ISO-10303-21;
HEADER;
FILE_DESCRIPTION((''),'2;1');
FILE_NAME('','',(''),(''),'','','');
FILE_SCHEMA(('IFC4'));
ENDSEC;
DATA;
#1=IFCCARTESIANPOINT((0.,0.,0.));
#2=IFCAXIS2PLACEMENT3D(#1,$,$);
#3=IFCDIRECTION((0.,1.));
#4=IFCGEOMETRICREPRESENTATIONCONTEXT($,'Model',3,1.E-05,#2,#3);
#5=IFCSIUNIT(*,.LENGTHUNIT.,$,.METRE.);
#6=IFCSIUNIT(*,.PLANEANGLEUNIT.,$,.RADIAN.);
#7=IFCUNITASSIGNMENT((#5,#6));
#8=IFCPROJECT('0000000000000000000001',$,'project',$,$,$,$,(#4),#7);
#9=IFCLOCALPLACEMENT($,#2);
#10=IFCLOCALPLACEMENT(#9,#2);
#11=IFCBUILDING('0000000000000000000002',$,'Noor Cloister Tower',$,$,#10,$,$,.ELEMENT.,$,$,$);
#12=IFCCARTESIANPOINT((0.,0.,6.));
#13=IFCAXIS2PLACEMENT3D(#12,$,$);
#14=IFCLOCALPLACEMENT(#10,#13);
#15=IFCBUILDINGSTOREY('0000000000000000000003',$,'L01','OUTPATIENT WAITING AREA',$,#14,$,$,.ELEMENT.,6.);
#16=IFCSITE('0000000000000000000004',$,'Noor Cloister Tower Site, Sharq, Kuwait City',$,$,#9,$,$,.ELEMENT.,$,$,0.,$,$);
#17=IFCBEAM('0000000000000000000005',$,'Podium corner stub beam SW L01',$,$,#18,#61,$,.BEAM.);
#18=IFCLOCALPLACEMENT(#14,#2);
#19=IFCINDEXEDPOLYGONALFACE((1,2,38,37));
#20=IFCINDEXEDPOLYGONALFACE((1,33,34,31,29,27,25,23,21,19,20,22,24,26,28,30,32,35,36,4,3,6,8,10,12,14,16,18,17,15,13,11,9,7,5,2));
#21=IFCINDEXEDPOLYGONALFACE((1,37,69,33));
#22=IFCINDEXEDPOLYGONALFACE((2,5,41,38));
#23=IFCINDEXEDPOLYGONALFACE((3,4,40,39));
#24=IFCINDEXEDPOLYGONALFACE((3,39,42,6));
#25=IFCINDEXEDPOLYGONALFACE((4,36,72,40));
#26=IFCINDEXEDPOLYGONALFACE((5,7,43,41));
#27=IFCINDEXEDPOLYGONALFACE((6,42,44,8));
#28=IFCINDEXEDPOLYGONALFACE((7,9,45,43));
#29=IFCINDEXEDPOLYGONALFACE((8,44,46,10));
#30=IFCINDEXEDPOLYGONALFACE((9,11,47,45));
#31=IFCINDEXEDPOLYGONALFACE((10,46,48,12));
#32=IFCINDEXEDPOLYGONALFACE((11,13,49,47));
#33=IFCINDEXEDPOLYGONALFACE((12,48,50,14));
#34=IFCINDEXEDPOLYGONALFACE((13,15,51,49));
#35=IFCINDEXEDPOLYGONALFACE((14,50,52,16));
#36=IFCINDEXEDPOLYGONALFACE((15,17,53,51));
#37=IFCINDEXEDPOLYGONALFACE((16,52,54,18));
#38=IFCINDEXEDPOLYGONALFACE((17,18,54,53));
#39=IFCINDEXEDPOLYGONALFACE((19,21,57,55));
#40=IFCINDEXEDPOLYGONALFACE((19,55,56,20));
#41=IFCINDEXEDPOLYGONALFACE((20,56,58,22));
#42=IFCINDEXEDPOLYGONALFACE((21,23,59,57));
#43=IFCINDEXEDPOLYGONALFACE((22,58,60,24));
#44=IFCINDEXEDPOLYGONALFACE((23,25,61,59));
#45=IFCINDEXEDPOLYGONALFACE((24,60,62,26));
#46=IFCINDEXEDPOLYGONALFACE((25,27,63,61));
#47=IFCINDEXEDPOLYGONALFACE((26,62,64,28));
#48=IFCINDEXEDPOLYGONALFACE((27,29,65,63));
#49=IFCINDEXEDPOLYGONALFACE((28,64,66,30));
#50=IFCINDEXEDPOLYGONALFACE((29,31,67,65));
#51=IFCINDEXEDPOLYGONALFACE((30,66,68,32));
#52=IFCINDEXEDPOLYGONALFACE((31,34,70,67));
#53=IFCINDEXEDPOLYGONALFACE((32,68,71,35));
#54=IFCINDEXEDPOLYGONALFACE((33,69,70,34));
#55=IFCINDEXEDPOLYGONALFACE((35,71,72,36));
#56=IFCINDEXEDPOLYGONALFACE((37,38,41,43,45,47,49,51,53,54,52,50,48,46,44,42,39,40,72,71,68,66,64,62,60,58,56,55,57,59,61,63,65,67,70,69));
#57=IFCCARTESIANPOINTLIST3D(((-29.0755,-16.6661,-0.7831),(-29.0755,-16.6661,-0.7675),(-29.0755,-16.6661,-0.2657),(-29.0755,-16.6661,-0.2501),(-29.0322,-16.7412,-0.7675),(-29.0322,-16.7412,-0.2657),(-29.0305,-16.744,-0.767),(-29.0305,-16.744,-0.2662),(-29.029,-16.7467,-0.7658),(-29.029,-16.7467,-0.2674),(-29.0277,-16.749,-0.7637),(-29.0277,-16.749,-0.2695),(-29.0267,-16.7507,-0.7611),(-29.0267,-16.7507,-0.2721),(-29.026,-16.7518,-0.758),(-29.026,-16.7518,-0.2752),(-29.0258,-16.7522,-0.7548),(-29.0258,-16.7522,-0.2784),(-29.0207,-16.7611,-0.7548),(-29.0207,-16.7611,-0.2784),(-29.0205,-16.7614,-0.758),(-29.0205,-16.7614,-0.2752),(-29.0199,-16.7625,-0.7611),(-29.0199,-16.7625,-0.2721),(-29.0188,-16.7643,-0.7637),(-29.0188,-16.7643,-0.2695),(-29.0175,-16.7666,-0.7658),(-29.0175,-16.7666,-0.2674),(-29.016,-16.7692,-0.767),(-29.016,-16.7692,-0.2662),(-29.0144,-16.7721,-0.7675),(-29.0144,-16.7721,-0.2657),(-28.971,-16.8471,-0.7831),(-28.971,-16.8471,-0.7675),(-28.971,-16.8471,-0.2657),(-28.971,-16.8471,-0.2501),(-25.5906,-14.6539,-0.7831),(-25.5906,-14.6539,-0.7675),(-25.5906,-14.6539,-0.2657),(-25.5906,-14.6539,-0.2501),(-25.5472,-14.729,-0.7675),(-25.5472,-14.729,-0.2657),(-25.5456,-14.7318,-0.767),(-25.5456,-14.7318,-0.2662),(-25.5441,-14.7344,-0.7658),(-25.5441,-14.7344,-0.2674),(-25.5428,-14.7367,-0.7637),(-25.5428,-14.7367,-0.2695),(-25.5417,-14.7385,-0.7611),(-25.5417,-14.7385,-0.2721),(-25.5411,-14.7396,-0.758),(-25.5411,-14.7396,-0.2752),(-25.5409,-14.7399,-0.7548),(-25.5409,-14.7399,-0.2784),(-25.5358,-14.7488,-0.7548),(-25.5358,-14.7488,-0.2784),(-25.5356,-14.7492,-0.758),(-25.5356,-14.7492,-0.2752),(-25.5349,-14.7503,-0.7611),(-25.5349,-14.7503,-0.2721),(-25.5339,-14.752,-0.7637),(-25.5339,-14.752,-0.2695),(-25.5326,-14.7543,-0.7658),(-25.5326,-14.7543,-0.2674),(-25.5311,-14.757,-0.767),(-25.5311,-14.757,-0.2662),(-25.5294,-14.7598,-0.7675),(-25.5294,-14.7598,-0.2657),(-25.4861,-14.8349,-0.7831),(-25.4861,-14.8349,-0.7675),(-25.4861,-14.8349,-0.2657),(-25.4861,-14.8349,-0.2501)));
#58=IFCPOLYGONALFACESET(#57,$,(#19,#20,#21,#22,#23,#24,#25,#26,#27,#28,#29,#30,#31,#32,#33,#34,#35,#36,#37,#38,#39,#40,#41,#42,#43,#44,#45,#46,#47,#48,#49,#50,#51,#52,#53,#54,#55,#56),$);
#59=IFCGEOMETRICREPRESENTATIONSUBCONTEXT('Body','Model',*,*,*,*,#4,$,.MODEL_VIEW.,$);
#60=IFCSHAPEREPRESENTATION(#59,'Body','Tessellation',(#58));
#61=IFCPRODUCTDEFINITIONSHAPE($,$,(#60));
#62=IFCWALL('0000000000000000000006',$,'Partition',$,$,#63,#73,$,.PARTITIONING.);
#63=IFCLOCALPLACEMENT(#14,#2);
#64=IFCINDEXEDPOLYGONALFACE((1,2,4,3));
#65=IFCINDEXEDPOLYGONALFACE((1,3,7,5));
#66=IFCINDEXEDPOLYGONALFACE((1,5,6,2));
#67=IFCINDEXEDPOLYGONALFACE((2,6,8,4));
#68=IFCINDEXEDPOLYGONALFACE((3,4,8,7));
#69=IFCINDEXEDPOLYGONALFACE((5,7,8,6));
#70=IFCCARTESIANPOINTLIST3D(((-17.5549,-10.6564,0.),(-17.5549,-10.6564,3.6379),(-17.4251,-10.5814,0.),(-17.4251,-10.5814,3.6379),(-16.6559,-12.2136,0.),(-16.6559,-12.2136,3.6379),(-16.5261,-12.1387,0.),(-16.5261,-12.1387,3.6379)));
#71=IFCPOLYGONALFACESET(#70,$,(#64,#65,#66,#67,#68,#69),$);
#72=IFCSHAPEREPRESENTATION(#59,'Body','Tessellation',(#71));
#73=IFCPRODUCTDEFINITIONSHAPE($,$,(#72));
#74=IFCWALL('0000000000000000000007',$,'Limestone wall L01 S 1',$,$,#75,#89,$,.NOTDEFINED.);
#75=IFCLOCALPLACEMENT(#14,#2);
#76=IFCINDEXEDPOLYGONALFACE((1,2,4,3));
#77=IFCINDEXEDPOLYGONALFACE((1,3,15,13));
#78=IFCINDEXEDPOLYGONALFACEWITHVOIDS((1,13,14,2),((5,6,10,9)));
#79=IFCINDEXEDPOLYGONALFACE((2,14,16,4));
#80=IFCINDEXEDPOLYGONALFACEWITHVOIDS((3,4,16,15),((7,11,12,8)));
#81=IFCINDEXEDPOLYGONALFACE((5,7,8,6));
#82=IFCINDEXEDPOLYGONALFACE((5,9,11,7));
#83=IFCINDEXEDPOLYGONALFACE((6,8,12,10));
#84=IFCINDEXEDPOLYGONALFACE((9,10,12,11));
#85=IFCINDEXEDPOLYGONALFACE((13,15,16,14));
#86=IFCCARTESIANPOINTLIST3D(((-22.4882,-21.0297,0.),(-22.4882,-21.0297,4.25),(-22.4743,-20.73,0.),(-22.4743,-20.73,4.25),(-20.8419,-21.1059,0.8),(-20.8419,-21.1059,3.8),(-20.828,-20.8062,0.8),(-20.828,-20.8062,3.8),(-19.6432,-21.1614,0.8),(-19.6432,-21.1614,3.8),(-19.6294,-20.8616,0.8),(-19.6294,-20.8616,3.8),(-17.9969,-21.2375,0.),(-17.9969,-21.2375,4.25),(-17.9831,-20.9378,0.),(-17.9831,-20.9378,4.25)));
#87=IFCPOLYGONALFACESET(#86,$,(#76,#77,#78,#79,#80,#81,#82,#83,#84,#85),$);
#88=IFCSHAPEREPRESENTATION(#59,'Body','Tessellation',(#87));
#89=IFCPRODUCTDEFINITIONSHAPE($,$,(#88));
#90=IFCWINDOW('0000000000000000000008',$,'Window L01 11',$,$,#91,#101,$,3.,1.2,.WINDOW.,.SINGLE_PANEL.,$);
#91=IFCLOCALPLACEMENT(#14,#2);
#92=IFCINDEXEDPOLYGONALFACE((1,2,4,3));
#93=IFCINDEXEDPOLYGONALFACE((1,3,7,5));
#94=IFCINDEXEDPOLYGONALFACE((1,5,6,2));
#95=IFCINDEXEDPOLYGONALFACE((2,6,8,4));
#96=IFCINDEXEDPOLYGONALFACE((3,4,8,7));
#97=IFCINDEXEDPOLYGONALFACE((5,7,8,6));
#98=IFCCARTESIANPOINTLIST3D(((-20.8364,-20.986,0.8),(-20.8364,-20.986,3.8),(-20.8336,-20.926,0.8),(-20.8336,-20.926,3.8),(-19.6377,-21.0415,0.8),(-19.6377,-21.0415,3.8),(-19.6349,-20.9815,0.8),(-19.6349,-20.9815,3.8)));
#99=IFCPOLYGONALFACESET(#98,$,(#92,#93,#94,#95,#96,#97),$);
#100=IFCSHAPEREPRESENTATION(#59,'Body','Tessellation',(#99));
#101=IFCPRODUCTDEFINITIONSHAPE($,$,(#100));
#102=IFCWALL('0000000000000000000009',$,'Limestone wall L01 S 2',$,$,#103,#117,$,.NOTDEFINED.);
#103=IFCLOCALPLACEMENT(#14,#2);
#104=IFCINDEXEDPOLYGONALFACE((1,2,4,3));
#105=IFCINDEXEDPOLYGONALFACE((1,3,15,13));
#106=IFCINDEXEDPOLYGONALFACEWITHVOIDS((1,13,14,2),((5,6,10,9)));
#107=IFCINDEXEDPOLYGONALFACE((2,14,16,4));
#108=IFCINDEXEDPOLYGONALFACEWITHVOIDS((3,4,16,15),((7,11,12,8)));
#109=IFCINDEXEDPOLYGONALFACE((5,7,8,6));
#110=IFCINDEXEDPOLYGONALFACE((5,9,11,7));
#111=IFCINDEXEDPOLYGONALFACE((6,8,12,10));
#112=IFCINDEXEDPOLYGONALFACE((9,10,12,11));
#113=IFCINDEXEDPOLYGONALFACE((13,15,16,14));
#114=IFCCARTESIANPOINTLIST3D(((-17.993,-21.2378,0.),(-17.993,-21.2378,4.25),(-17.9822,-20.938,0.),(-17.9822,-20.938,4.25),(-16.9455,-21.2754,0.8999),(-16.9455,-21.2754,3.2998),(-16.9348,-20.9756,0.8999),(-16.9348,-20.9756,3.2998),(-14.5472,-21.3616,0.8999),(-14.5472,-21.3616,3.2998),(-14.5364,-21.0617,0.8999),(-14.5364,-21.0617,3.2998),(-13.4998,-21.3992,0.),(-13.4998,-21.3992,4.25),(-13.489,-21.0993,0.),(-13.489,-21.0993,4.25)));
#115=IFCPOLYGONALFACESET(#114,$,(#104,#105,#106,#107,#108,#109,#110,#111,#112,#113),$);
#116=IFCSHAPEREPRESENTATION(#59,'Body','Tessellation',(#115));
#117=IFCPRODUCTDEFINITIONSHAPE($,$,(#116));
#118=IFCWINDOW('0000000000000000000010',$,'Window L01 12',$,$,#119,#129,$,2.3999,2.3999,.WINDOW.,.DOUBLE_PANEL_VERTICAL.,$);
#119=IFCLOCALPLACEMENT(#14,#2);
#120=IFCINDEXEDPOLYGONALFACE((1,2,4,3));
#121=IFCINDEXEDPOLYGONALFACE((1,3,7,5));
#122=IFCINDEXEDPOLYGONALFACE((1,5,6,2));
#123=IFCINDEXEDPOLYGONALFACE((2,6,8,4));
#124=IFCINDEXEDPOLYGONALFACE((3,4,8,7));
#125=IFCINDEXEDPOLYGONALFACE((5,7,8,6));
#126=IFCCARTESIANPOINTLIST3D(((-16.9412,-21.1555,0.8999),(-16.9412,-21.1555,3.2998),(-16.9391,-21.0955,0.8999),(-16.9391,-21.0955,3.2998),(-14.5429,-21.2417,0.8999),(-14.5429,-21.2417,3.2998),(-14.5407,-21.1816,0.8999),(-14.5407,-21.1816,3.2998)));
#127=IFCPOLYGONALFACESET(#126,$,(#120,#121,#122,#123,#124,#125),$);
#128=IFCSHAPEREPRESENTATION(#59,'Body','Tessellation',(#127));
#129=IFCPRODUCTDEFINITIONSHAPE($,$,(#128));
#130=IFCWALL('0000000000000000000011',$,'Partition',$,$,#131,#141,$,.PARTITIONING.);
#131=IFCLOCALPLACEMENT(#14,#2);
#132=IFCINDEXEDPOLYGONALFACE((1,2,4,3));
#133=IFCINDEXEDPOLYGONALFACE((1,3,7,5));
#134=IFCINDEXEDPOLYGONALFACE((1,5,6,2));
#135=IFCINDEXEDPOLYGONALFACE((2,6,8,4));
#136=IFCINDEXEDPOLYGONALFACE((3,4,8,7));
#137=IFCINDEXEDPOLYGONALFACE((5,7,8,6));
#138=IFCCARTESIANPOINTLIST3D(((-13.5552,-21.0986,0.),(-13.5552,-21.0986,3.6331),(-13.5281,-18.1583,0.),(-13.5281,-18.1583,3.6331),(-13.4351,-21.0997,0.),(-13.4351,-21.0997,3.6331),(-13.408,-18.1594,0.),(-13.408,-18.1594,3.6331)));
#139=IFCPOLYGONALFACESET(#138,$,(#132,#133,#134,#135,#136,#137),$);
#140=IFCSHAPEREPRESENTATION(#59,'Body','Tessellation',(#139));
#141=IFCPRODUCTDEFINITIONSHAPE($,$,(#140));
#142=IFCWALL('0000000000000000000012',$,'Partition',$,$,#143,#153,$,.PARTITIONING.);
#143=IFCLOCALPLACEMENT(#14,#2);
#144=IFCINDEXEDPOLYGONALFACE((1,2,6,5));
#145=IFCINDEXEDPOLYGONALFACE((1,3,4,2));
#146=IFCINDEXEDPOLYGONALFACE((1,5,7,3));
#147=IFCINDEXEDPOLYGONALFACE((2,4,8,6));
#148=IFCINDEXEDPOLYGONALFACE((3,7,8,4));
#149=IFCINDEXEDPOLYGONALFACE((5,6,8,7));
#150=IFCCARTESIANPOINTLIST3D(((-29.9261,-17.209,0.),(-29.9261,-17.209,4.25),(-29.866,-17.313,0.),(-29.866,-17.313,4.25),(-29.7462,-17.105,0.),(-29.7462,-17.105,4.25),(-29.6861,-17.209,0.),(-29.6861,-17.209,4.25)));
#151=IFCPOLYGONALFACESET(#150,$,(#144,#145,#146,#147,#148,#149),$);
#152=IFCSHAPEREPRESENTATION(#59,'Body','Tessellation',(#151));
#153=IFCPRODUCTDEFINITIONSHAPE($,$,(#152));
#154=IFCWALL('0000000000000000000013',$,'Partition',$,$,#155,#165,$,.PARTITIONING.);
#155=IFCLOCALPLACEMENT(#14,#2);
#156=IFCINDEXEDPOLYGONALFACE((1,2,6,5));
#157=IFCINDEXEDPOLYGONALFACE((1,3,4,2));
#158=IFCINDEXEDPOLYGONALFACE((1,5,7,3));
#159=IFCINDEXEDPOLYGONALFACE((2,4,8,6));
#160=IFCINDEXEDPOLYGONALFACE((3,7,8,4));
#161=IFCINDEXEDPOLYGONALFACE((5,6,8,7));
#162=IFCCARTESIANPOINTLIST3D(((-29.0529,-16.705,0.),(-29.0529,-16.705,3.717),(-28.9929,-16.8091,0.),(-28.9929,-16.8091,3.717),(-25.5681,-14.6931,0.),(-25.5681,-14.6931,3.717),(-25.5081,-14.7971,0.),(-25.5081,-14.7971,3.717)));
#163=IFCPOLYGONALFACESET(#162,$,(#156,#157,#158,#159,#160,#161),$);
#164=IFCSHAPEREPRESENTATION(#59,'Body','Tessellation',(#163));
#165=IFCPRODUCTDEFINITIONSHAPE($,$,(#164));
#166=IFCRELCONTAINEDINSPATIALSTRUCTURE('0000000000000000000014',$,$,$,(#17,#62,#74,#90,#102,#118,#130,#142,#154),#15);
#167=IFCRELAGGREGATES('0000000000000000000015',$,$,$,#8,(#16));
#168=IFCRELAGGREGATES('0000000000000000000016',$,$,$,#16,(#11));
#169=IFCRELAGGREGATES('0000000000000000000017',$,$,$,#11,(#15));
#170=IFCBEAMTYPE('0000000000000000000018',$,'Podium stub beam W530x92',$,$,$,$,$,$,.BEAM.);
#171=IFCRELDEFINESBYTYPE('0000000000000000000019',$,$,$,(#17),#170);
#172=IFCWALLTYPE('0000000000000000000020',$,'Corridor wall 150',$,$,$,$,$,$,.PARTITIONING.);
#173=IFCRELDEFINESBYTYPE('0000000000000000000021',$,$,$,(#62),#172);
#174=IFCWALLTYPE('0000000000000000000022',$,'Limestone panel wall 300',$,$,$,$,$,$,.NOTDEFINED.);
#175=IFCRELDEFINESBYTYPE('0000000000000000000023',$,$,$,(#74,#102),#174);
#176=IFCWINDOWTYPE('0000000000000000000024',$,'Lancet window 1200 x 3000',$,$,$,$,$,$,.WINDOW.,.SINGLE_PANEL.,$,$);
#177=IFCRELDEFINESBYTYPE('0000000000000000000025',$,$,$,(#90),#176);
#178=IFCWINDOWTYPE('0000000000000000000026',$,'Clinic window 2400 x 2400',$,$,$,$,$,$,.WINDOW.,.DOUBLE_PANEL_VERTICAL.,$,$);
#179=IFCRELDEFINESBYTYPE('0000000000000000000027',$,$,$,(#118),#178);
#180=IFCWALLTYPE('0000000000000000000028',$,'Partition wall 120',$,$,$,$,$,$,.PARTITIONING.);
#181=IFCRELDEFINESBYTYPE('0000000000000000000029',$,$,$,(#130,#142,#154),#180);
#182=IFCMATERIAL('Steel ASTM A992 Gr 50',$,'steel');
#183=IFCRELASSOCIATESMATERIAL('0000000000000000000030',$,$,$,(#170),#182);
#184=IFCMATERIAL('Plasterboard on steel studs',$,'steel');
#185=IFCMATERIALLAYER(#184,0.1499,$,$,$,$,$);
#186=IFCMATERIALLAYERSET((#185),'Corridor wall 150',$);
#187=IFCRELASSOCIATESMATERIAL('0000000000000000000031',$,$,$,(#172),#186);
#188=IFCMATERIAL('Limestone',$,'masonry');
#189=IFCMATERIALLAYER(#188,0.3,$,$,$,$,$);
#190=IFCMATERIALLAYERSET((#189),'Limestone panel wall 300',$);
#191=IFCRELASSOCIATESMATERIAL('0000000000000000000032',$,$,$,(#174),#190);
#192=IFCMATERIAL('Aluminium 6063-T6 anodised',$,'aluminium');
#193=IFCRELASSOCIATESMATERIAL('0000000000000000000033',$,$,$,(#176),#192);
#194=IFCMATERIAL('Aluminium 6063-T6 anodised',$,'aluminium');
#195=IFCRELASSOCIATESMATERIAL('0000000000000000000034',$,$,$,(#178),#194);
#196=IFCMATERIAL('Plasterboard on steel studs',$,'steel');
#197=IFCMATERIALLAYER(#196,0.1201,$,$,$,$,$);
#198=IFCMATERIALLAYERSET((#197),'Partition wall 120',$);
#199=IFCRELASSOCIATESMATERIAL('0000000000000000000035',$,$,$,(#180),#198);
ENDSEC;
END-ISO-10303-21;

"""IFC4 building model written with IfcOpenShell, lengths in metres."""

from ifc_helpers import new_model, si_unit, direction, frame, frame_2d, origin, origin_2d, place, context, subcontext, project, spatial, rectangle, i_section, extrude, material, layer, layer_set, material_profile, profile_set, type_object, element, fill, save


model = new_model("IFC4")

# Units and contexts
model_context = context("Model", 3, precision=1e-05, world=origin(), true_north=direction((0.0, 1.0)))
body_context = subcontext(model_context, "Body", "Model", "MODEL_VIEW")
ifc_project = project(units=[si_unit("LENGTHUNIT", "METRE"), si_unit("PLANEANGLEUNIT", "RADIAN")], contexts=[model_context])

# Site, building, storey
site_placement = place(None, origin())
site = spatial("IfcSite", under=ifc_project, at=site_placement, Name="Noor Cloister Tower Site, Sharq, Kuwait City", CompositionType="ELEMENT", RefElevation=0.0)
building_placement = place(site_placement, origin())
building = spatial("IfcBuilding", under=site, at=building_placement, Name="Noor Cloister Tower", CompositionType="ELEMENT")
storey_placement = place(building_placement, frame((0.0, 0.0, 6.0)))
storey = spatial("IfcBuildingStorey", under=building, at=storey_placement, Name="L01", Description="OUTPATIENT WAITING AREA", CompositionType="ELEMENT", Elevation=6.0)

# Beam
ifc_material_1 = material(Name="Steel ASTM A992 Gr 50", Category="steel")
ifc_material_profile_1 = material_profile(ifc_material_1, i_section(OverallWidth=0.209, OverallDepth=0.533, WebThickness=0.0103, FlangeThickness=0.0156, FilletRadius=0.0127, at=origin_2d()), Name="W530x92")
ifc_profile_set_1 = profile_set([ifc_material_profile_1], Name="Steel ASTM A992 Gr 50")
beam_type_1 = type_object("IfcBeamType", Name="Podium stub beam W530x92", PredefinedType="BEAM", material=ifc_profile_set_1)
beam_1_placement = place(storey_placement, frame((-25.5383, -14.7444, -0.5166), z_axis=(-0.866002, -0.500041, 0.0), x_axis=(0.500041, -0.866002, 0.0)))
element("IfcBeam", 1, at=beam_1_placement, inside=storey, type_object=beam_type_1, Name="Podium corner stub beam SW L01", PredefinedType="BEAM", context=body_context, shape_type="SweptSolid", body=[
    extrude(i_section(OverallWidth=0.209, OverallDepth=0.533, WebThickness=0.0103, FlangeThickness=0.0156, FilletRadius=0.0127, at=origin_2d()), origin(), (0.0, 0.0, 1.0), 4.0242),
])

# Wall
ifc_material_2 = material(Name="Plasterboard on steel studs", Category="steel")
ifc_layer_1 = layer(ifc_material_2, 0.1499)
ifc_layer_set_1 = layer_set([ifc_layer_1], Name="Corridor wall 150")
wall_type_1 = type_object("IfcWallType", Name="Corridor wall 150", PredefinedType="PARTITIONING", material=ifc_layer_set_1)
wall_1_placement = place(storey_placement, frame((-16.5911, -12.176, 0.0), z_axis=(0.0, 0.0, 1.0), x_axis=(-0.499965, 0.866045, 0.0)))
element("IfcWall", 2, at=wall_1_placement, inside=storey, type_object=wall_type_1, Name="Partition", PredefinedType="PARTITIONING", context=body_context, shape_type="SweptSolid", body=[
    extrude(rectangle(XDim=1.7981, YDim=0.1499, at=frame_2d((0.8989, 0.0))), origin(), (0.0, 0.0, 1.0), 3.6379),
])

# Walls, openings, windows
ifc_material_3 = material(Name="Limestone", Category="masonry")
ifc_layer_2 = layer(ifc_material_3, 0.3)
ifc_layer_set_2 = layer_set([ifc_layer_2], Name="Limestone panel wall 300")
wall_type_2 = type_object("IfcWallType", Name="Limestone panel wall 300", PredefinedType="NOTDEFINED", material=ifc_layer_set_2)
wall_2_placement = place(storey_placement, frame((-17.99, -21.0876, 0.0), z_axis=(0.0, 0.0, 1.0), x_axis=(-0.998932, 0.046211, 0.0)))
wall_2 = element("IfcWall", 3, at=wall_2_placement, inside=storey, type_object=wall_type_2, Name="Limestone wall L01 S 1", PredefinedType="NOTDEFINED", context=body_context, shape_type="SweptSolid", body=[
    extrude(rectangle(XDim=4.4961, YDim=0.3, at=frame_2d((2.248, 0.0))), origin(), (0.0, 0.0, 1.0), 4.25),
])
opening_1_placement = place(wall_2_placement, frame((1.6479, 0.0, 0.8)))
opening_1 = element("IfcOpeningElement", 4, at=opening_1_placement, cuts=wall_2, PredefinedType="OPENING", context=body_context, shape_type="SweptSolid", body=[
    extrude(rectangle(XDim=1.2, YDim=3.0, at=frame_2d((0.6001, 1.5))), frame((0.0, 0.1602, 0.0), z_axis=(0.0, -1.0, 0.0), x_axis=(1.0, 0.0, 0.0)), (0.0, 0.0, 1.0), 0.3201),
])
ifc_material_4 = material(Name="Aluminium 6063-T6 anodised", Category="aluminium")
window_type_1 = type_object("IfcWindowType", Name="Lancet window 1200 x 3000", PartitioningType="SINGLE_PANEL", PredefinedType="WINDOW", material=ifc_material_4)
window_1_placement = place(opening_1_placement, origin())
window_1 = element("IfcWindow", 5, at=window_1_placement, inside=storey, type_object=window_type_1, Name="Window L01 11", OverallHeight=3.0, OverallWidth=1.2, PartitioningType="SINGLE_PANEL", PredefinedType="WINDOW", context=body_context, shape_type="SweptSolid", body=[
    extrude(rectangle(XDim=1.2, YDim=3.0, at=frame_2d((0.6001, 1.5))), frame((0.0, 0.03, 0.0), z_axis=(0.0, -1.0, 0.0), x_axis=(1.0, 0.0, 0.0)), (0.0, 0.0, 1.0), 0.0601),
])
fill(opening_1, window_1)
wall_3_placement = place(storey_placement, frame((-13.4944, -21.2493, 0.0), z_axis=(0.0, 0.0, 1.0), x_axis=(-0.999356, 0.035893, 0.0)))
wall_3 = element("IfcWall", 6, at=wall_3_placement, inside=storey, type_object=wall_type_2, Name="Limestone wall L01 S 2", PredefinedType="NOTDEFINED", context=body_context, shape_type="SweptSolid", body=[
    extrude(rectangle(XDim=4.4961, YDim=0.3, at=frame_2d((2.248, 0.0))), origin(), (0.0, 0.0, 1.0), 4.25),
])
opening_2_placement = place(wall_3_placement, frame((1.0481, 0.0, 0.8999)))
opening_2 = element("IfcOpeningElement", 7, at=opening_2_placement, cuts=wall_3, PredefinedType="OPENING", context=body_context, shape_type="SweptSolid", body=[
    extrude(rectangle(XDim=2.3999, YDim=2.3999, at=frame_2d((1.2, 1.2))), frame((0.0, 0.1602, 0.0), z_axis=(0.0, -1.0, 0.0), x_axis=(1.0, 0.0, 0.0)), (0.0, 0.0, 1.0), 0.3201),
])
ifc_material_5 = material(Name="Aluminium 6063-T6 anodised", Category="aluminium")
window_type_2 = type_object("IfcWindowType", Name="Clinic window 2400 x 2400", PartitioningType="DOUBLE_PANEL_VERTICAL", PredefinedType="WINDOW", material=ifc_material_5)
window_2_placement = place(opening_2_placement, origin())
window_2 = element("IfcWindow", 8, at=window_2_placement, inside=storey, type_object=window_type_2, Name="Window L01 12", OverallHeight=2.3999, OverallWidth=2.3999, PartitioningType="DOUBLE_PANEL_VERTICAL", PredefinedType="WINDOW", context=body_context, shape_type="SweptSolid", body=[
    extrude(rectangle(XDim=2.3999, YDim=2.3999, at=frame_2d((1.2, 1.2))), frame((0.0, 0.03, 0.0), z_axis=(0.0, -1.0, 0.0), x_axis=(1.0, 0.0, 0.0)), (0.0, 0.0, 1.0), 0.0601),
])
fill(opening_2, window_2)

# Walls
ifc_material_6 = material(Name="Plasterboard on steel studs", Category="steel")
ifc_layer_3 = layer(ifc_material_6, 0.1201)
ifc_layer_set_3 = layer_set([ifc_layer_3], Name="Partition wall 120")
wall_type_3 = type_object("IfcWallType", Name="Partition wall 120", PredefinedType="PARTITIONING", material=ifc_layer_set_3)
wall_4_placement = place(storey_placement, frame((-13.4951, -21.0991, 0.0), z_axis=(0.0, 0.0, 1.0), x_axis=(0.009217, 0.999958, 0.0)))
element("IfcWall", 9, at=wall_4_placement, inside=storey, type_object=wall_type_3, Name="Partition", PredefinedType="PARTITIONING", context=body_context, shape_type="SweptSolid", body=[
    extrude(rectangle(XDim=2.9404, YDim=0.1201, at=frame_2d((1.4702, 0.0))), origin(), (0.0, 0.0, 1.0), 3.6331),
])
wall_5_placement = place(storey_placement, frame((-29.7161, -17.157, 0.0), z_axis=(0.0, 0.0, 1.0), x_axis=(-0.865775, -0.500434, 0.0)))
element("IfcWall", 10, at=wall_5_placement, inside=storey, type_object=wall_type_3, Name="Partition", PredefinedType="PARTITIONING", context=body_context, shape_type="SweptSolid", body=[
    extrude(rectangle(XDim=0.2078, YDim=0.1201, at=frame_2d((0.104, 0.0))), origin(), (0.0, 0.0, 1.0), 4.25),
])
wall_6_placement = place(storey_placement, frame((-25.5381, -14.7451, 0.0), z_axis=(0.0, 0.0, 1.0), x_axis=(-0.866028, -0.499996, 0.0)))
element("IfcWall", 11, at=wall_6_placement, inside=storey, type_object=wall_type_3, Name="Partition", PredefinedType="PARTITIONING", context=body_context, shape_type="SweptSolid", body=[
    extrude(rectangle(XDim=4.0239, YDim=0.1201, at=frame_2d((2.012, 0.0))), origin(), (0.0, 0.0, 1.0), 3.717),
])

save(model, "model.ifc")
